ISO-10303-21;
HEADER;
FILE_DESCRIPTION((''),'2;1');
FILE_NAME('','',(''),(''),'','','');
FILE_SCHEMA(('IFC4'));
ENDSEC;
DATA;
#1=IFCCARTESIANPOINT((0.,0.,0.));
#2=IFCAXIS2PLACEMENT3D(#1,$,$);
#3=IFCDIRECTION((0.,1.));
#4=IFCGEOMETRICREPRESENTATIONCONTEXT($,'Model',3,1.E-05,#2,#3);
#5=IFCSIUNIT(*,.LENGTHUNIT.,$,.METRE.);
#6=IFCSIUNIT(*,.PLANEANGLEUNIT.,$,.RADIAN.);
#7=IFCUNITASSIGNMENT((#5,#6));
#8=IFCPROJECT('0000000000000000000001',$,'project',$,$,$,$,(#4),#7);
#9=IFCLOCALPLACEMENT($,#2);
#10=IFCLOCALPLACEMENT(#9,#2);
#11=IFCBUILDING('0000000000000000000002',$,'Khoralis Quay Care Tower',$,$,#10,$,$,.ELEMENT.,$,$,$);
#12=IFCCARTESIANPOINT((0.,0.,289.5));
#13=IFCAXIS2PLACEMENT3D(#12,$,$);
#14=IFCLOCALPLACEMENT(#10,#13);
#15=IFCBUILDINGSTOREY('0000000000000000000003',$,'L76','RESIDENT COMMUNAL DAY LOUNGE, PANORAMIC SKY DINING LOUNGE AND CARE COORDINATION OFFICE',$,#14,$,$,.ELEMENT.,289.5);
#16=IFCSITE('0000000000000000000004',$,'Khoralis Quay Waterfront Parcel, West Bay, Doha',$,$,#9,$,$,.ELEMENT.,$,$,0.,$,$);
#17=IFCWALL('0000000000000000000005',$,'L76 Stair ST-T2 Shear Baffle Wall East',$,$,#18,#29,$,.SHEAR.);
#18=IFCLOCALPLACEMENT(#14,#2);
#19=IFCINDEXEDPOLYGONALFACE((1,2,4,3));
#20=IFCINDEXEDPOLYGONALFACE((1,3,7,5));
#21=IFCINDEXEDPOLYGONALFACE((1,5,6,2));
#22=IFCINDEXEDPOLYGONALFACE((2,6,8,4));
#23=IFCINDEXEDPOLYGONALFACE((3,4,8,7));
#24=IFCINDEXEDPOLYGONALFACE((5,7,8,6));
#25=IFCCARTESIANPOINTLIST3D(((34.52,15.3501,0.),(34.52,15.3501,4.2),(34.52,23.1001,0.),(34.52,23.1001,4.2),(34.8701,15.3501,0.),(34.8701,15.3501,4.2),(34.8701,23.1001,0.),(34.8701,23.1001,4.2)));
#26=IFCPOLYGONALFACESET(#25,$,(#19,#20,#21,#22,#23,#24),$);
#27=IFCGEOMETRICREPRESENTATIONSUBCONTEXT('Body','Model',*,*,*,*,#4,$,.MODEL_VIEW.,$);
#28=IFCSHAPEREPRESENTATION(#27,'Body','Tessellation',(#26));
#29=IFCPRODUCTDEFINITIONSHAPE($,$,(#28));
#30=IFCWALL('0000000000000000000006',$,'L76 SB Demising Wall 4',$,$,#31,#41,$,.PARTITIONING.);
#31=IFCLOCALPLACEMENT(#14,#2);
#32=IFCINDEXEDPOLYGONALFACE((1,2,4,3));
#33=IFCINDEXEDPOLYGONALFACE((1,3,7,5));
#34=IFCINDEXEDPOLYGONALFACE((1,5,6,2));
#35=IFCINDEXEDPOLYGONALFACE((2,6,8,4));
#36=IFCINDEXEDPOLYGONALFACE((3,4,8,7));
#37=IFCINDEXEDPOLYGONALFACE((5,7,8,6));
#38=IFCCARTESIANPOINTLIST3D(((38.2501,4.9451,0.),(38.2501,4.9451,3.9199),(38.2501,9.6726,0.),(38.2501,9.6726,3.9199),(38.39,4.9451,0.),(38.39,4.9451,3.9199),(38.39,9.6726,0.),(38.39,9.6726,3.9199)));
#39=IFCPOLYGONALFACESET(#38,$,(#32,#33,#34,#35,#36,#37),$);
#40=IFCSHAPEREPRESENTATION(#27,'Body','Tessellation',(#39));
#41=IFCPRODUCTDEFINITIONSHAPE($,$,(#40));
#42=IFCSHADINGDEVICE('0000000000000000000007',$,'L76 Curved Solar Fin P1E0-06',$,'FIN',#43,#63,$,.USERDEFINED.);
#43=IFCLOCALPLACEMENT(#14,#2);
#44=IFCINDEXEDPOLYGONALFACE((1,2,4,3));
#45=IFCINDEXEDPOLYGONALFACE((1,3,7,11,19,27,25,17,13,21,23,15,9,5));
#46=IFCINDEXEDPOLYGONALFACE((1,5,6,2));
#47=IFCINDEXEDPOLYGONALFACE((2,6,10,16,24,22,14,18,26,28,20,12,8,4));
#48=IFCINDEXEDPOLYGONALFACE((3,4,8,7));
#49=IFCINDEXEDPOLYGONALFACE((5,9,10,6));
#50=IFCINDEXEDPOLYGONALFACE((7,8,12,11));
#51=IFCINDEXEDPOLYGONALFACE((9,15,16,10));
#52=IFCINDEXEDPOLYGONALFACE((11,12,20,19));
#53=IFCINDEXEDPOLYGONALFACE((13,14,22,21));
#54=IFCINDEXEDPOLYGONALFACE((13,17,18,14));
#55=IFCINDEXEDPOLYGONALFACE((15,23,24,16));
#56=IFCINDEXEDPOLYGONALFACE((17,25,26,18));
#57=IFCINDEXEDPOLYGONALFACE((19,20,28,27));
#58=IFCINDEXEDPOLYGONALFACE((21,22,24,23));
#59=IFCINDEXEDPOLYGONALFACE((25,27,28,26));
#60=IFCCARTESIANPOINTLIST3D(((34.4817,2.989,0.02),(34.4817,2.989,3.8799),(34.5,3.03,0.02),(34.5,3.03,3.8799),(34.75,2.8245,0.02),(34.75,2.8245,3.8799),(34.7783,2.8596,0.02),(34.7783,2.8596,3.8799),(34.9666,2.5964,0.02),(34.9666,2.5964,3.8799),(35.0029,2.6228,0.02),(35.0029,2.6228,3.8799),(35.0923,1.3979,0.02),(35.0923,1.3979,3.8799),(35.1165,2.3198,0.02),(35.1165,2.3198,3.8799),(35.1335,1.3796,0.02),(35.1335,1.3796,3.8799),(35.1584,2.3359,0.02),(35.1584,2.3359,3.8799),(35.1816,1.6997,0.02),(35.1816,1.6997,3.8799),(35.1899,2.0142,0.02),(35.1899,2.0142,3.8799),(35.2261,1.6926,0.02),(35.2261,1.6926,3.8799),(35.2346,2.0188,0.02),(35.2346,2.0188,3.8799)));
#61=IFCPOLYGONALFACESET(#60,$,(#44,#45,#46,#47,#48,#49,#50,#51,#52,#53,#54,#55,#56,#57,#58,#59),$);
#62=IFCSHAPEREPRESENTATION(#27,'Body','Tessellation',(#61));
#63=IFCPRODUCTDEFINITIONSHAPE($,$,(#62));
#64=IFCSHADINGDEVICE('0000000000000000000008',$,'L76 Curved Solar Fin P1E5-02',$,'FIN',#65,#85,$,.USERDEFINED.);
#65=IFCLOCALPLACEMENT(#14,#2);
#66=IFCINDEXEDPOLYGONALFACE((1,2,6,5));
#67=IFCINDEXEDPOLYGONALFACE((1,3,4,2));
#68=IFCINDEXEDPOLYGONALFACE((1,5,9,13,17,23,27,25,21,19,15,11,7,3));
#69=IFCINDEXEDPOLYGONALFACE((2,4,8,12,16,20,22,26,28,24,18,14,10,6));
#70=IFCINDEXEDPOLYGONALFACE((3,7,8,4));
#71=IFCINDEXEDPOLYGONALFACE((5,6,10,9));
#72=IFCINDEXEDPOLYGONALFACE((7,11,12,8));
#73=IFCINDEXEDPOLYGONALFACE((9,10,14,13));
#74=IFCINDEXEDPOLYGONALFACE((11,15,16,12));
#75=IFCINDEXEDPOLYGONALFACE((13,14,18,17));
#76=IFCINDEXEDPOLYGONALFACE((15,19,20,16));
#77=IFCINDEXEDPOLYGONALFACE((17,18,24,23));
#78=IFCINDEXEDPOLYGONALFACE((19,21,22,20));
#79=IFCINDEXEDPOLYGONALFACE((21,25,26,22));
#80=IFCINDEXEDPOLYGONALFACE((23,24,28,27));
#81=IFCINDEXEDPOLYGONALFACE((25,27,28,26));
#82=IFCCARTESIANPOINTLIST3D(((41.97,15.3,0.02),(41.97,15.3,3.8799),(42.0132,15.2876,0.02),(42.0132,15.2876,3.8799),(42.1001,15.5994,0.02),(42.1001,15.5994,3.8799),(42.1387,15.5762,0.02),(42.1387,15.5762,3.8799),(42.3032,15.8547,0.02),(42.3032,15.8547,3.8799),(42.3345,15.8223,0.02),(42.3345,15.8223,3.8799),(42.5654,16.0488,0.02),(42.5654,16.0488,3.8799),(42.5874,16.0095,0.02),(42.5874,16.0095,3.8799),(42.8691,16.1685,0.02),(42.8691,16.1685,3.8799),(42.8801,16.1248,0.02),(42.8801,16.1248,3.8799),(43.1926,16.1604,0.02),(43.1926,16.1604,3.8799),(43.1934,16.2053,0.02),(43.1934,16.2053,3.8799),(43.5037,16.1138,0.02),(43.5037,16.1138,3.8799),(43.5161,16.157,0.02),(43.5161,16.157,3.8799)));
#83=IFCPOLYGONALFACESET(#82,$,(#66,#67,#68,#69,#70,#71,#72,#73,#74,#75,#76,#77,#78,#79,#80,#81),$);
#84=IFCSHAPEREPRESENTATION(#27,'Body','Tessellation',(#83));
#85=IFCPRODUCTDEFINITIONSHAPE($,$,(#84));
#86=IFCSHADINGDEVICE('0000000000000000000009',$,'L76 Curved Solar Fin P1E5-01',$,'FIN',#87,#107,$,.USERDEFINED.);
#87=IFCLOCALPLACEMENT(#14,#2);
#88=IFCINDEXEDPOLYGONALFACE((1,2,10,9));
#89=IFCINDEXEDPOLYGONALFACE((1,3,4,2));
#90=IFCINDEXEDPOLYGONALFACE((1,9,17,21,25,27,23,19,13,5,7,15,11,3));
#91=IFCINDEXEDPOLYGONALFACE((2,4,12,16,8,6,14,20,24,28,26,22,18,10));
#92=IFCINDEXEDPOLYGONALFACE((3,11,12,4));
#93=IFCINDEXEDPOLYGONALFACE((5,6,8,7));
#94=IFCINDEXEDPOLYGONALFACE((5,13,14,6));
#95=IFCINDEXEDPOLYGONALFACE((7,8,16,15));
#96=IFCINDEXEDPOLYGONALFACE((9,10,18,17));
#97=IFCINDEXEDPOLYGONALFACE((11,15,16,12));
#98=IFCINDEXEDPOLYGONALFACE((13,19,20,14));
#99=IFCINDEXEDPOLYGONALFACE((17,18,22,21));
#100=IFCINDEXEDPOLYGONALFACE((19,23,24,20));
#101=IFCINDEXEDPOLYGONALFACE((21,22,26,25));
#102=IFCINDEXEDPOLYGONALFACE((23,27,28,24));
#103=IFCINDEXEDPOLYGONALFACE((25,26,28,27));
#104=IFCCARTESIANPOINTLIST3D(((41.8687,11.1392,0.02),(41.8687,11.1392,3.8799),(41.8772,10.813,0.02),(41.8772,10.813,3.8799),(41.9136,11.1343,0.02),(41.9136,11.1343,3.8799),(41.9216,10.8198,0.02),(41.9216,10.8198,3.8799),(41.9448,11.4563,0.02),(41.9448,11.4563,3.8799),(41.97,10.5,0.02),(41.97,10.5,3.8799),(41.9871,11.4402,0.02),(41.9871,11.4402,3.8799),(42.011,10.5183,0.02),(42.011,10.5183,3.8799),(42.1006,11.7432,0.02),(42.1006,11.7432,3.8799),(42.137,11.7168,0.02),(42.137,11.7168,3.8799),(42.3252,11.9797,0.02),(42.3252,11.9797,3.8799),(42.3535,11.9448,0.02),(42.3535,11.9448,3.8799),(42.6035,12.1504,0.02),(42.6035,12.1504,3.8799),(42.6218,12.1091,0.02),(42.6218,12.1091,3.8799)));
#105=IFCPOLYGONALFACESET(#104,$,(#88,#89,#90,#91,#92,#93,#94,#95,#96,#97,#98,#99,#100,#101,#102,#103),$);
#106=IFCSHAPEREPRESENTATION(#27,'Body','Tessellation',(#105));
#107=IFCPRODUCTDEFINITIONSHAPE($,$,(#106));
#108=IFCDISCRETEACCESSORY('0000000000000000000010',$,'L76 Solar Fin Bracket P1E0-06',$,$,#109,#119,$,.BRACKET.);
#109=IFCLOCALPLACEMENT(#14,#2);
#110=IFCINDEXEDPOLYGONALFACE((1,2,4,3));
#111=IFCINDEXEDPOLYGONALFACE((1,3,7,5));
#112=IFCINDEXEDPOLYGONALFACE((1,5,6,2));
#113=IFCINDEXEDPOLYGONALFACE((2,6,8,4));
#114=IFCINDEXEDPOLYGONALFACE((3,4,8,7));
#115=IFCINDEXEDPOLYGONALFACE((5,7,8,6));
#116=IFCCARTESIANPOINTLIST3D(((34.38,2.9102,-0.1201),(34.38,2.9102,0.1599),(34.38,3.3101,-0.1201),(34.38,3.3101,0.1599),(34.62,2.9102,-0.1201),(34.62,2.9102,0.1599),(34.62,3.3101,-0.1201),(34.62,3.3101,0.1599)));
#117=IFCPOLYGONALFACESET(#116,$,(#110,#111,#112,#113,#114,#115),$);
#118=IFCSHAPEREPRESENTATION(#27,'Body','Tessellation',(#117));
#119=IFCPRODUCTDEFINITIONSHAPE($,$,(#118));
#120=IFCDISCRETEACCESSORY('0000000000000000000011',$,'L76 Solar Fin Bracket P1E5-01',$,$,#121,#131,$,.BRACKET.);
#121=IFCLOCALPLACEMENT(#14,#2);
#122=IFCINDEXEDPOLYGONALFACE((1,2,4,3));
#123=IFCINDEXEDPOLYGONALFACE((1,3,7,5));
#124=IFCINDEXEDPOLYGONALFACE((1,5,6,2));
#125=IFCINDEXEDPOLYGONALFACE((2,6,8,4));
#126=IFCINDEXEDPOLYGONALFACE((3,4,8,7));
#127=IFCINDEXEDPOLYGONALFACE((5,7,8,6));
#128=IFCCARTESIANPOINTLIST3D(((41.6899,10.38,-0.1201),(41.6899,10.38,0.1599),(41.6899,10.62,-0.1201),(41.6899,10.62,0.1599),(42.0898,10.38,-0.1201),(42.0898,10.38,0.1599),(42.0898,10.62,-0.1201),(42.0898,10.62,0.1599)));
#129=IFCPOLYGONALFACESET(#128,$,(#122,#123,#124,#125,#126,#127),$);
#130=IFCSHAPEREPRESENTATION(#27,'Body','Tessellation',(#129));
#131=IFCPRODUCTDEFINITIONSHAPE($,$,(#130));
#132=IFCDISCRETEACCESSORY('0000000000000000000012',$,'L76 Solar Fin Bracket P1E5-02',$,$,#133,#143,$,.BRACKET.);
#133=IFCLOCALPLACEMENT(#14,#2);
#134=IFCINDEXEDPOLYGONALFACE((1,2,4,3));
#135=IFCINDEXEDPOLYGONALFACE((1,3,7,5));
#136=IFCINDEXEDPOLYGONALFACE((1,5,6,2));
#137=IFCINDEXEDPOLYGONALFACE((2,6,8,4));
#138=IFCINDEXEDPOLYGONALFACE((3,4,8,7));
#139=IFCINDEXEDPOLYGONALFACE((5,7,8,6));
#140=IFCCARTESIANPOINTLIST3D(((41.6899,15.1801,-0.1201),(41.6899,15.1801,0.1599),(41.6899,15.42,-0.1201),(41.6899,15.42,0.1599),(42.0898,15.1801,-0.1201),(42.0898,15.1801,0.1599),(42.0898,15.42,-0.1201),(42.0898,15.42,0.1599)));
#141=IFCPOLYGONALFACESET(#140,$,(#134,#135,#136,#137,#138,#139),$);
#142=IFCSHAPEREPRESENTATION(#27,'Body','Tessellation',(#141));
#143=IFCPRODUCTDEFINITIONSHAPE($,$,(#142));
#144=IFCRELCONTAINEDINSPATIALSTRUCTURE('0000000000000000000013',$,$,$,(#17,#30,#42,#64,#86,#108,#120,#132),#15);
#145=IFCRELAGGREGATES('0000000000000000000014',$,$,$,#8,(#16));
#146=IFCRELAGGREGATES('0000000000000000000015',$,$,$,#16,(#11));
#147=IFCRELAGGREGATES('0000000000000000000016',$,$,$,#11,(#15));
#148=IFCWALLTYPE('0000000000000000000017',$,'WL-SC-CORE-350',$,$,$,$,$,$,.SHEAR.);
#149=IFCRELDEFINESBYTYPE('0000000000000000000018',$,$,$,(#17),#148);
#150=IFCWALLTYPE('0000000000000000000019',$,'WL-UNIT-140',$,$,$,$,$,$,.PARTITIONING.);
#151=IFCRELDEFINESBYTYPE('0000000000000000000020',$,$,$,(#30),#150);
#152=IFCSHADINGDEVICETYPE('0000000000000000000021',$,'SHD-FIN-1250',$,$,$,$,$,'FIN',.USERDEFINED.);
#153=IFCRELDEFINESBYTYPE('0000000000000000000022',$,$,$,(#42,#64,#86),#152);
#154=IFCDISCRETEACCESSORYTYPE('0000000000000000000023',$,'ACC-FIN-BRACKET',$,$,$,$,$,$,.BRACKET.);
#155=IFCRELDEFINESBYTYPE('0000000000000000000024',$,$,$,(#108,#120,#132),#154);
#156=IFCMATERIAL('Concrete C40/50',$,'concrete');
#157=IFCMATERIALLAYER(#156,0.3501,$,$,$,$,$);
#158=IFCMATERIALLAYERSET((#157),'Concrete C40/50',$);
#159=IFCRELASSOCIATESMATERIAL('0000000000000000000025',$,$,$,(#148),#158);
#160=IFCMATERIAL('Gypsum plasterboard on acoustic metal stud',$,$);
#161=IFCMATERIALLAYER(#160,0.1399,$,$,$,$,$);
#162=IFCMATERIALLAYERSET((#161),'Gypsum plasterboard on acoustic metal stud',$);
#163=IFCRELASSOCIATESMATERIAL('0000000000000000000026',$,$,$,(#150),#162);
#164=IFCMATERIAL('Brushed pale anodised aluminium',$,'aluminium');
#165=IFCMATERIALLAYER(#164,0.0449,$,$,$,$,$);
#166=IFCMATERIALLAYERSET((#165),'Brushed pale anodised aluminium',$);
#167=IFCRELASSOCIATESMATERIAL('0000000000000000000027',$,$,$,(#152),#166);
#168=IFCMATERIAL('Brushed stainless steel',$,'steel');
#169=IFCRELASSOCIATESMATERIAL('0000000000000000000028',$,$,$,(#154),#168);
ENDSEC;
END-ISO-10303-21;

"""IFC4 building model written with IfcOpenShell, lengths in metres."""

from ifc_helpers import new_model, si_unit, direction, frame, frame_2d, origin, origin_2d, place, context, subcontext, project, spatial, polyline, rectangle, outline, extrude, source, transform, mapped, material, layer, layer_set, type_object, element, save


model = new_model("IFC4")

# Units and contexts
model_context = context("Model", 3, precision=1e-05, world=origin(), true_north=direction((0.0, 1.0)))
body_context = subcontext(model_context, "Body", "Model", "MODEL_VIEW")
ifc_project = project(units=[si_unit("LENGTHUNIT", "METRE"), si_unit("PLANEANGLEUNIT", "RADIAN")], contexts=[model_context])

# Site, building, storey
site_placement = place(None, origin())
site = spatial("IfcSite", under=ifc_project, at=site_placement, Name="Khoralis Quay Waterfront Parcel, West Bay, Doha", CompositionType="ELEMENT", RefElevation=0.0)
building_placement = place(site_placement, origin())
building = spatial("IfcBuilding", under=site, at=building_placement, Name="Khoralis Quay Care Tower", CompositionType="ELEMENT")
storey_placement = place(building_placement, frame((0.0, 0.0, 289.5)))
storey = spatial("IfcBuildingStorey", under=building, at=storey_placement, Name="L76", Description="RESIDENT COMMUNAL DAY LOUNGE, PANORAMIC SKY DINING LOUNGE AND CARE COORDINATION OFFICE", CompositionType="ELEMENT", Elevation=289.5)

# Shared definitions
ifc_material_1 = material(Name="Gypsum plasterboard on acoustic metal stud")

# Walls
ifc_material_2 = material(Name="Concrete C40/50", Category="concrete")
ifc_layer_1 = layer(ifc_material_2, 0.3501)
ifc_layer_set_1 = layer_set([ifc_layer_1], Name="Concrete C40/50")
wall_type_1 = type_object("IfcWallType", Name="WL-SC-CORE-350", PredefinedType="SHEAR", material=ifc_layer_set_1)
wall_1_placement = place(storey_placement, frame((34.6951, 15.3501, 0.0), z_axis=(0.0, 0.0, 1.0), x_axis=(0.0, 1.0, 0.0)))
element("IfcWall", 1, at=wall_1_placement, inside=storey, type_object=wall_type_1, Name="L76 Stair ST-T2 Shear Baffle Wall East", PredefinedType="SHEAR", context=body_context, shape_type="SweptSolid", body=[
    extrude(rectangle(XDim=7.75, YDim=0.3501, at=frame_2d((3.875, 0.0))), origin(), (0.0, 0.0, 1.0), 4.2),
])
ifc_layer_2 = layer(ifc_material_1, 0.1399)
ifc_layer_set_2 = layer_set([ifc_layer_2], Name="Gypsum plasterboard on acoustic metal stud")
wall_type_2 = type_object("IfcWallType", Name="WL-UNIT-140", PredefinedType="PARTITIONING", material=ifc_layer_set_2)
wall_2_placement = place(storey_placement, frame((38.3201, 4.9451, 0.0), z_axis=(0.0, 0.0, 1.0), x_axis=(0.0, 1.0, 0.0)))
element("IfcWall", 2, at=wall_2_placement, inside=storey, type_object=wall_type_2, Name="L76 SB Demising Wall 4", PredefinedType="PARTITIONING", context=body_context, shape_type="SweptSolid", body=[
    extrude(rectangle(XDim=4.7275, YDim=0.1399, at=frame_2d((2.3638, 0.0))), origin(), (0.0, 0.0, 1.0), 3.9199),
])

# Shading devices
ifc_material_3 = material(Name="Brushed pale anodised aluminium", Category="aluminium")
ifc_layer_3 = layer(ifc_material_3, 0.0449)
ifc_layer_set_3 = layer_set([ifc_layer_3], Name="Brushed pale anodised aluminium")
shading_device_type = type_object("IfcShadingDeviceType", Name="SHD-FIN-1250", ElementType="FIN", PredefinedType="USERDEFINED", material=ifc_layer_set_3)
shared_shape_1 = source(origin(), body_context, "Body", "SweptSolid", [
    extrude(outline(polyline([(0.0, 0.0), (0.1704, 0.2783), (0.4072, 0.5029), (0.6941, 0.6584), (1.0112, 0.7346), (1.3374, 0.7261), (1.6504, 0.6335), (1.6321, 0.5923), (1.3303, 0.6816), (1.0159, 0.6899), (0.7102, 0.6165), (0.4336, 0.4666), (0.2056, 0.25), (0.041, -0.0183), (0.0, 0.0)])), origin(), (0.0, 0.0, 1.0), 3.8599),
])
shading_device_1_placement = place(storey_placement, frame((34.5, 3.03, 0.02), z_axis=(0.0, 0.0, 1.0), x_axis=(0.0, -1.0, 0.0)))
element("IfcShadingDevice", 3, at=shading_device_1_placement, inside=storey, type_object=shading_device_type, Name="L76 Curved Solar Fin P1E0-06", ObjectType="FIN", PredefinedType="USERDEFINED", context=body_context, shape_type="MappedRepresentation", body=[
    mapped(shared_shape_1, transform((0.0, 0.0, 0.0), scale=1.0)),
])
shared_shape_2 = source(origin(), body_context, "Body", "SweptSolid", [
    extrude(outline(polyline([(0.0, 0.0), (0.1301, 0.2993), (0.3333, 0.5547), (0.5955, 0.7488), (0.8992, 0.8684), (1.2234, 0.9053), (1.5461, 0.8569), (1.5337, 0.8137), (1.2227, 0.8604), (0.9102, 0.8247), (0.6174, 0.7095), (0.3645, 0.5222), (0.1687, 0.2761), (0.0432, -0.0125), (0.0, 0.0)])), origin(), (0.0, 0.0, 1.0), 3.8599),
])
shading_device_2_placement = place(storey_placement, frame((41.97, 15.3, 0.02), z_axis=(0.0, 0.0, 1.0), x_axis=(1.0, 0.0, 0.0)))
element("IfcShadingDevice", 4, at=shading_device_2_placement, inside=storey, type_object=shading_device_type, Name="L76 Curved Solar Fin P1E5-02", ObjectType="FIN", PredefinedType="USERDEFINED", context=body_context, shape_type="MappedRepresentation", body=[
    mapped(shared_shape_2, transform((0.0, 0.0, 0.0), scale=1.0)),
])
shared_shape_3 = source(origin(), body_context, "Body", "SweptSolid", [
    extrude(outline(polyline([(0.0, 0.0), (-0.0928, 0.313), (-0.1013, 0.6392), (-0.0251, 0.9563), (0.1306, 1.2432), (0.3552, 1.4797), (0.6335, 1.6504), (0.6519, 1.6091), (0.3835, 1.4448), (0.167, 1.2168), (0.0171, 0.9402), (-0.0564, 0.6343), (-0.0483, 0.3198), (0.041, 0.0183), (0.0, 0.0)])), origin(), (0.0, 0.0, 1.0), 3.8599),
])
shading_device_3_placement = place(storey_placement, frame((41.97, 10.5, 0.02), z_axis=(0.0, 0.0, 1.0), x_axis=(1.0, 0.0, 0.0)))
element("IfcShadingDevice", 5, at=shading_device_3_placement, inside=storey, type_object=shading_device_type, Name="L76 Curved Solar Fin P1E5-01", ObjectType="FIN", PredefinedType="USERDEFINED", context=body_context, shape_type="MappedRepresentation", body=[
    mapped(shared_shape_3, transform((0.0, 0.0, 0.0), scale=1.0)),
])

# Discrete accessories
ifc_material_4 = material(Name="Brushed stainless steel", Category="steel")
discrete_accessory_type = type_object("IfcDiscreteAccessoryType", Name="ACC-FIN-BRACKET", PredefinedType="BRACKET", material=ifc_material_4)
shared_shape_4 = source(origin(), body_context, "Body", "SweptSolid", [
    extrude(rectangle(XDim=0.3999, YDim=0.24, at=origin_2d()), origin(), (0.0, 0.0, 1.0), 0.28),
])
for number, where, z_axis, x_axis, name in (
    (6, (34.5, 3.1101, -0.1201), (0.0, 0.0, 1.0), (0.0, -1.0, 0.0), "L76 Solar Fin Bracket P1E0-06"),
    (7, (41.8899, 10.5, -0.1201), (0.0, 0.0, 1.0), (1.0, 0.0, 0.0), "L76 Solar Fin Bracket P1E5-01"),
    (8, (41.8899, 15.3, -0.1201), (0.0, 0.0, 1.0), (1.0, 0.0, 0.0), "L76 Solar Fin Bracket P1E5-02"),
):
    element("IfcDiscreteAccessory", number, at=place(storey_placement, frame(where, z_axis=z_axis, x_axis=x_axis)), inside=storey, type_object=discrete_accessory_type, Name=name, PredefinedType="BRACKET", context=body_context, shape_type="MappedRepresentation", body=[
        mapped(shared_shape_4, transform((0.0, 0.0, 0.0), scale=1.0)),
    ])

save(model, "model.ifc")
